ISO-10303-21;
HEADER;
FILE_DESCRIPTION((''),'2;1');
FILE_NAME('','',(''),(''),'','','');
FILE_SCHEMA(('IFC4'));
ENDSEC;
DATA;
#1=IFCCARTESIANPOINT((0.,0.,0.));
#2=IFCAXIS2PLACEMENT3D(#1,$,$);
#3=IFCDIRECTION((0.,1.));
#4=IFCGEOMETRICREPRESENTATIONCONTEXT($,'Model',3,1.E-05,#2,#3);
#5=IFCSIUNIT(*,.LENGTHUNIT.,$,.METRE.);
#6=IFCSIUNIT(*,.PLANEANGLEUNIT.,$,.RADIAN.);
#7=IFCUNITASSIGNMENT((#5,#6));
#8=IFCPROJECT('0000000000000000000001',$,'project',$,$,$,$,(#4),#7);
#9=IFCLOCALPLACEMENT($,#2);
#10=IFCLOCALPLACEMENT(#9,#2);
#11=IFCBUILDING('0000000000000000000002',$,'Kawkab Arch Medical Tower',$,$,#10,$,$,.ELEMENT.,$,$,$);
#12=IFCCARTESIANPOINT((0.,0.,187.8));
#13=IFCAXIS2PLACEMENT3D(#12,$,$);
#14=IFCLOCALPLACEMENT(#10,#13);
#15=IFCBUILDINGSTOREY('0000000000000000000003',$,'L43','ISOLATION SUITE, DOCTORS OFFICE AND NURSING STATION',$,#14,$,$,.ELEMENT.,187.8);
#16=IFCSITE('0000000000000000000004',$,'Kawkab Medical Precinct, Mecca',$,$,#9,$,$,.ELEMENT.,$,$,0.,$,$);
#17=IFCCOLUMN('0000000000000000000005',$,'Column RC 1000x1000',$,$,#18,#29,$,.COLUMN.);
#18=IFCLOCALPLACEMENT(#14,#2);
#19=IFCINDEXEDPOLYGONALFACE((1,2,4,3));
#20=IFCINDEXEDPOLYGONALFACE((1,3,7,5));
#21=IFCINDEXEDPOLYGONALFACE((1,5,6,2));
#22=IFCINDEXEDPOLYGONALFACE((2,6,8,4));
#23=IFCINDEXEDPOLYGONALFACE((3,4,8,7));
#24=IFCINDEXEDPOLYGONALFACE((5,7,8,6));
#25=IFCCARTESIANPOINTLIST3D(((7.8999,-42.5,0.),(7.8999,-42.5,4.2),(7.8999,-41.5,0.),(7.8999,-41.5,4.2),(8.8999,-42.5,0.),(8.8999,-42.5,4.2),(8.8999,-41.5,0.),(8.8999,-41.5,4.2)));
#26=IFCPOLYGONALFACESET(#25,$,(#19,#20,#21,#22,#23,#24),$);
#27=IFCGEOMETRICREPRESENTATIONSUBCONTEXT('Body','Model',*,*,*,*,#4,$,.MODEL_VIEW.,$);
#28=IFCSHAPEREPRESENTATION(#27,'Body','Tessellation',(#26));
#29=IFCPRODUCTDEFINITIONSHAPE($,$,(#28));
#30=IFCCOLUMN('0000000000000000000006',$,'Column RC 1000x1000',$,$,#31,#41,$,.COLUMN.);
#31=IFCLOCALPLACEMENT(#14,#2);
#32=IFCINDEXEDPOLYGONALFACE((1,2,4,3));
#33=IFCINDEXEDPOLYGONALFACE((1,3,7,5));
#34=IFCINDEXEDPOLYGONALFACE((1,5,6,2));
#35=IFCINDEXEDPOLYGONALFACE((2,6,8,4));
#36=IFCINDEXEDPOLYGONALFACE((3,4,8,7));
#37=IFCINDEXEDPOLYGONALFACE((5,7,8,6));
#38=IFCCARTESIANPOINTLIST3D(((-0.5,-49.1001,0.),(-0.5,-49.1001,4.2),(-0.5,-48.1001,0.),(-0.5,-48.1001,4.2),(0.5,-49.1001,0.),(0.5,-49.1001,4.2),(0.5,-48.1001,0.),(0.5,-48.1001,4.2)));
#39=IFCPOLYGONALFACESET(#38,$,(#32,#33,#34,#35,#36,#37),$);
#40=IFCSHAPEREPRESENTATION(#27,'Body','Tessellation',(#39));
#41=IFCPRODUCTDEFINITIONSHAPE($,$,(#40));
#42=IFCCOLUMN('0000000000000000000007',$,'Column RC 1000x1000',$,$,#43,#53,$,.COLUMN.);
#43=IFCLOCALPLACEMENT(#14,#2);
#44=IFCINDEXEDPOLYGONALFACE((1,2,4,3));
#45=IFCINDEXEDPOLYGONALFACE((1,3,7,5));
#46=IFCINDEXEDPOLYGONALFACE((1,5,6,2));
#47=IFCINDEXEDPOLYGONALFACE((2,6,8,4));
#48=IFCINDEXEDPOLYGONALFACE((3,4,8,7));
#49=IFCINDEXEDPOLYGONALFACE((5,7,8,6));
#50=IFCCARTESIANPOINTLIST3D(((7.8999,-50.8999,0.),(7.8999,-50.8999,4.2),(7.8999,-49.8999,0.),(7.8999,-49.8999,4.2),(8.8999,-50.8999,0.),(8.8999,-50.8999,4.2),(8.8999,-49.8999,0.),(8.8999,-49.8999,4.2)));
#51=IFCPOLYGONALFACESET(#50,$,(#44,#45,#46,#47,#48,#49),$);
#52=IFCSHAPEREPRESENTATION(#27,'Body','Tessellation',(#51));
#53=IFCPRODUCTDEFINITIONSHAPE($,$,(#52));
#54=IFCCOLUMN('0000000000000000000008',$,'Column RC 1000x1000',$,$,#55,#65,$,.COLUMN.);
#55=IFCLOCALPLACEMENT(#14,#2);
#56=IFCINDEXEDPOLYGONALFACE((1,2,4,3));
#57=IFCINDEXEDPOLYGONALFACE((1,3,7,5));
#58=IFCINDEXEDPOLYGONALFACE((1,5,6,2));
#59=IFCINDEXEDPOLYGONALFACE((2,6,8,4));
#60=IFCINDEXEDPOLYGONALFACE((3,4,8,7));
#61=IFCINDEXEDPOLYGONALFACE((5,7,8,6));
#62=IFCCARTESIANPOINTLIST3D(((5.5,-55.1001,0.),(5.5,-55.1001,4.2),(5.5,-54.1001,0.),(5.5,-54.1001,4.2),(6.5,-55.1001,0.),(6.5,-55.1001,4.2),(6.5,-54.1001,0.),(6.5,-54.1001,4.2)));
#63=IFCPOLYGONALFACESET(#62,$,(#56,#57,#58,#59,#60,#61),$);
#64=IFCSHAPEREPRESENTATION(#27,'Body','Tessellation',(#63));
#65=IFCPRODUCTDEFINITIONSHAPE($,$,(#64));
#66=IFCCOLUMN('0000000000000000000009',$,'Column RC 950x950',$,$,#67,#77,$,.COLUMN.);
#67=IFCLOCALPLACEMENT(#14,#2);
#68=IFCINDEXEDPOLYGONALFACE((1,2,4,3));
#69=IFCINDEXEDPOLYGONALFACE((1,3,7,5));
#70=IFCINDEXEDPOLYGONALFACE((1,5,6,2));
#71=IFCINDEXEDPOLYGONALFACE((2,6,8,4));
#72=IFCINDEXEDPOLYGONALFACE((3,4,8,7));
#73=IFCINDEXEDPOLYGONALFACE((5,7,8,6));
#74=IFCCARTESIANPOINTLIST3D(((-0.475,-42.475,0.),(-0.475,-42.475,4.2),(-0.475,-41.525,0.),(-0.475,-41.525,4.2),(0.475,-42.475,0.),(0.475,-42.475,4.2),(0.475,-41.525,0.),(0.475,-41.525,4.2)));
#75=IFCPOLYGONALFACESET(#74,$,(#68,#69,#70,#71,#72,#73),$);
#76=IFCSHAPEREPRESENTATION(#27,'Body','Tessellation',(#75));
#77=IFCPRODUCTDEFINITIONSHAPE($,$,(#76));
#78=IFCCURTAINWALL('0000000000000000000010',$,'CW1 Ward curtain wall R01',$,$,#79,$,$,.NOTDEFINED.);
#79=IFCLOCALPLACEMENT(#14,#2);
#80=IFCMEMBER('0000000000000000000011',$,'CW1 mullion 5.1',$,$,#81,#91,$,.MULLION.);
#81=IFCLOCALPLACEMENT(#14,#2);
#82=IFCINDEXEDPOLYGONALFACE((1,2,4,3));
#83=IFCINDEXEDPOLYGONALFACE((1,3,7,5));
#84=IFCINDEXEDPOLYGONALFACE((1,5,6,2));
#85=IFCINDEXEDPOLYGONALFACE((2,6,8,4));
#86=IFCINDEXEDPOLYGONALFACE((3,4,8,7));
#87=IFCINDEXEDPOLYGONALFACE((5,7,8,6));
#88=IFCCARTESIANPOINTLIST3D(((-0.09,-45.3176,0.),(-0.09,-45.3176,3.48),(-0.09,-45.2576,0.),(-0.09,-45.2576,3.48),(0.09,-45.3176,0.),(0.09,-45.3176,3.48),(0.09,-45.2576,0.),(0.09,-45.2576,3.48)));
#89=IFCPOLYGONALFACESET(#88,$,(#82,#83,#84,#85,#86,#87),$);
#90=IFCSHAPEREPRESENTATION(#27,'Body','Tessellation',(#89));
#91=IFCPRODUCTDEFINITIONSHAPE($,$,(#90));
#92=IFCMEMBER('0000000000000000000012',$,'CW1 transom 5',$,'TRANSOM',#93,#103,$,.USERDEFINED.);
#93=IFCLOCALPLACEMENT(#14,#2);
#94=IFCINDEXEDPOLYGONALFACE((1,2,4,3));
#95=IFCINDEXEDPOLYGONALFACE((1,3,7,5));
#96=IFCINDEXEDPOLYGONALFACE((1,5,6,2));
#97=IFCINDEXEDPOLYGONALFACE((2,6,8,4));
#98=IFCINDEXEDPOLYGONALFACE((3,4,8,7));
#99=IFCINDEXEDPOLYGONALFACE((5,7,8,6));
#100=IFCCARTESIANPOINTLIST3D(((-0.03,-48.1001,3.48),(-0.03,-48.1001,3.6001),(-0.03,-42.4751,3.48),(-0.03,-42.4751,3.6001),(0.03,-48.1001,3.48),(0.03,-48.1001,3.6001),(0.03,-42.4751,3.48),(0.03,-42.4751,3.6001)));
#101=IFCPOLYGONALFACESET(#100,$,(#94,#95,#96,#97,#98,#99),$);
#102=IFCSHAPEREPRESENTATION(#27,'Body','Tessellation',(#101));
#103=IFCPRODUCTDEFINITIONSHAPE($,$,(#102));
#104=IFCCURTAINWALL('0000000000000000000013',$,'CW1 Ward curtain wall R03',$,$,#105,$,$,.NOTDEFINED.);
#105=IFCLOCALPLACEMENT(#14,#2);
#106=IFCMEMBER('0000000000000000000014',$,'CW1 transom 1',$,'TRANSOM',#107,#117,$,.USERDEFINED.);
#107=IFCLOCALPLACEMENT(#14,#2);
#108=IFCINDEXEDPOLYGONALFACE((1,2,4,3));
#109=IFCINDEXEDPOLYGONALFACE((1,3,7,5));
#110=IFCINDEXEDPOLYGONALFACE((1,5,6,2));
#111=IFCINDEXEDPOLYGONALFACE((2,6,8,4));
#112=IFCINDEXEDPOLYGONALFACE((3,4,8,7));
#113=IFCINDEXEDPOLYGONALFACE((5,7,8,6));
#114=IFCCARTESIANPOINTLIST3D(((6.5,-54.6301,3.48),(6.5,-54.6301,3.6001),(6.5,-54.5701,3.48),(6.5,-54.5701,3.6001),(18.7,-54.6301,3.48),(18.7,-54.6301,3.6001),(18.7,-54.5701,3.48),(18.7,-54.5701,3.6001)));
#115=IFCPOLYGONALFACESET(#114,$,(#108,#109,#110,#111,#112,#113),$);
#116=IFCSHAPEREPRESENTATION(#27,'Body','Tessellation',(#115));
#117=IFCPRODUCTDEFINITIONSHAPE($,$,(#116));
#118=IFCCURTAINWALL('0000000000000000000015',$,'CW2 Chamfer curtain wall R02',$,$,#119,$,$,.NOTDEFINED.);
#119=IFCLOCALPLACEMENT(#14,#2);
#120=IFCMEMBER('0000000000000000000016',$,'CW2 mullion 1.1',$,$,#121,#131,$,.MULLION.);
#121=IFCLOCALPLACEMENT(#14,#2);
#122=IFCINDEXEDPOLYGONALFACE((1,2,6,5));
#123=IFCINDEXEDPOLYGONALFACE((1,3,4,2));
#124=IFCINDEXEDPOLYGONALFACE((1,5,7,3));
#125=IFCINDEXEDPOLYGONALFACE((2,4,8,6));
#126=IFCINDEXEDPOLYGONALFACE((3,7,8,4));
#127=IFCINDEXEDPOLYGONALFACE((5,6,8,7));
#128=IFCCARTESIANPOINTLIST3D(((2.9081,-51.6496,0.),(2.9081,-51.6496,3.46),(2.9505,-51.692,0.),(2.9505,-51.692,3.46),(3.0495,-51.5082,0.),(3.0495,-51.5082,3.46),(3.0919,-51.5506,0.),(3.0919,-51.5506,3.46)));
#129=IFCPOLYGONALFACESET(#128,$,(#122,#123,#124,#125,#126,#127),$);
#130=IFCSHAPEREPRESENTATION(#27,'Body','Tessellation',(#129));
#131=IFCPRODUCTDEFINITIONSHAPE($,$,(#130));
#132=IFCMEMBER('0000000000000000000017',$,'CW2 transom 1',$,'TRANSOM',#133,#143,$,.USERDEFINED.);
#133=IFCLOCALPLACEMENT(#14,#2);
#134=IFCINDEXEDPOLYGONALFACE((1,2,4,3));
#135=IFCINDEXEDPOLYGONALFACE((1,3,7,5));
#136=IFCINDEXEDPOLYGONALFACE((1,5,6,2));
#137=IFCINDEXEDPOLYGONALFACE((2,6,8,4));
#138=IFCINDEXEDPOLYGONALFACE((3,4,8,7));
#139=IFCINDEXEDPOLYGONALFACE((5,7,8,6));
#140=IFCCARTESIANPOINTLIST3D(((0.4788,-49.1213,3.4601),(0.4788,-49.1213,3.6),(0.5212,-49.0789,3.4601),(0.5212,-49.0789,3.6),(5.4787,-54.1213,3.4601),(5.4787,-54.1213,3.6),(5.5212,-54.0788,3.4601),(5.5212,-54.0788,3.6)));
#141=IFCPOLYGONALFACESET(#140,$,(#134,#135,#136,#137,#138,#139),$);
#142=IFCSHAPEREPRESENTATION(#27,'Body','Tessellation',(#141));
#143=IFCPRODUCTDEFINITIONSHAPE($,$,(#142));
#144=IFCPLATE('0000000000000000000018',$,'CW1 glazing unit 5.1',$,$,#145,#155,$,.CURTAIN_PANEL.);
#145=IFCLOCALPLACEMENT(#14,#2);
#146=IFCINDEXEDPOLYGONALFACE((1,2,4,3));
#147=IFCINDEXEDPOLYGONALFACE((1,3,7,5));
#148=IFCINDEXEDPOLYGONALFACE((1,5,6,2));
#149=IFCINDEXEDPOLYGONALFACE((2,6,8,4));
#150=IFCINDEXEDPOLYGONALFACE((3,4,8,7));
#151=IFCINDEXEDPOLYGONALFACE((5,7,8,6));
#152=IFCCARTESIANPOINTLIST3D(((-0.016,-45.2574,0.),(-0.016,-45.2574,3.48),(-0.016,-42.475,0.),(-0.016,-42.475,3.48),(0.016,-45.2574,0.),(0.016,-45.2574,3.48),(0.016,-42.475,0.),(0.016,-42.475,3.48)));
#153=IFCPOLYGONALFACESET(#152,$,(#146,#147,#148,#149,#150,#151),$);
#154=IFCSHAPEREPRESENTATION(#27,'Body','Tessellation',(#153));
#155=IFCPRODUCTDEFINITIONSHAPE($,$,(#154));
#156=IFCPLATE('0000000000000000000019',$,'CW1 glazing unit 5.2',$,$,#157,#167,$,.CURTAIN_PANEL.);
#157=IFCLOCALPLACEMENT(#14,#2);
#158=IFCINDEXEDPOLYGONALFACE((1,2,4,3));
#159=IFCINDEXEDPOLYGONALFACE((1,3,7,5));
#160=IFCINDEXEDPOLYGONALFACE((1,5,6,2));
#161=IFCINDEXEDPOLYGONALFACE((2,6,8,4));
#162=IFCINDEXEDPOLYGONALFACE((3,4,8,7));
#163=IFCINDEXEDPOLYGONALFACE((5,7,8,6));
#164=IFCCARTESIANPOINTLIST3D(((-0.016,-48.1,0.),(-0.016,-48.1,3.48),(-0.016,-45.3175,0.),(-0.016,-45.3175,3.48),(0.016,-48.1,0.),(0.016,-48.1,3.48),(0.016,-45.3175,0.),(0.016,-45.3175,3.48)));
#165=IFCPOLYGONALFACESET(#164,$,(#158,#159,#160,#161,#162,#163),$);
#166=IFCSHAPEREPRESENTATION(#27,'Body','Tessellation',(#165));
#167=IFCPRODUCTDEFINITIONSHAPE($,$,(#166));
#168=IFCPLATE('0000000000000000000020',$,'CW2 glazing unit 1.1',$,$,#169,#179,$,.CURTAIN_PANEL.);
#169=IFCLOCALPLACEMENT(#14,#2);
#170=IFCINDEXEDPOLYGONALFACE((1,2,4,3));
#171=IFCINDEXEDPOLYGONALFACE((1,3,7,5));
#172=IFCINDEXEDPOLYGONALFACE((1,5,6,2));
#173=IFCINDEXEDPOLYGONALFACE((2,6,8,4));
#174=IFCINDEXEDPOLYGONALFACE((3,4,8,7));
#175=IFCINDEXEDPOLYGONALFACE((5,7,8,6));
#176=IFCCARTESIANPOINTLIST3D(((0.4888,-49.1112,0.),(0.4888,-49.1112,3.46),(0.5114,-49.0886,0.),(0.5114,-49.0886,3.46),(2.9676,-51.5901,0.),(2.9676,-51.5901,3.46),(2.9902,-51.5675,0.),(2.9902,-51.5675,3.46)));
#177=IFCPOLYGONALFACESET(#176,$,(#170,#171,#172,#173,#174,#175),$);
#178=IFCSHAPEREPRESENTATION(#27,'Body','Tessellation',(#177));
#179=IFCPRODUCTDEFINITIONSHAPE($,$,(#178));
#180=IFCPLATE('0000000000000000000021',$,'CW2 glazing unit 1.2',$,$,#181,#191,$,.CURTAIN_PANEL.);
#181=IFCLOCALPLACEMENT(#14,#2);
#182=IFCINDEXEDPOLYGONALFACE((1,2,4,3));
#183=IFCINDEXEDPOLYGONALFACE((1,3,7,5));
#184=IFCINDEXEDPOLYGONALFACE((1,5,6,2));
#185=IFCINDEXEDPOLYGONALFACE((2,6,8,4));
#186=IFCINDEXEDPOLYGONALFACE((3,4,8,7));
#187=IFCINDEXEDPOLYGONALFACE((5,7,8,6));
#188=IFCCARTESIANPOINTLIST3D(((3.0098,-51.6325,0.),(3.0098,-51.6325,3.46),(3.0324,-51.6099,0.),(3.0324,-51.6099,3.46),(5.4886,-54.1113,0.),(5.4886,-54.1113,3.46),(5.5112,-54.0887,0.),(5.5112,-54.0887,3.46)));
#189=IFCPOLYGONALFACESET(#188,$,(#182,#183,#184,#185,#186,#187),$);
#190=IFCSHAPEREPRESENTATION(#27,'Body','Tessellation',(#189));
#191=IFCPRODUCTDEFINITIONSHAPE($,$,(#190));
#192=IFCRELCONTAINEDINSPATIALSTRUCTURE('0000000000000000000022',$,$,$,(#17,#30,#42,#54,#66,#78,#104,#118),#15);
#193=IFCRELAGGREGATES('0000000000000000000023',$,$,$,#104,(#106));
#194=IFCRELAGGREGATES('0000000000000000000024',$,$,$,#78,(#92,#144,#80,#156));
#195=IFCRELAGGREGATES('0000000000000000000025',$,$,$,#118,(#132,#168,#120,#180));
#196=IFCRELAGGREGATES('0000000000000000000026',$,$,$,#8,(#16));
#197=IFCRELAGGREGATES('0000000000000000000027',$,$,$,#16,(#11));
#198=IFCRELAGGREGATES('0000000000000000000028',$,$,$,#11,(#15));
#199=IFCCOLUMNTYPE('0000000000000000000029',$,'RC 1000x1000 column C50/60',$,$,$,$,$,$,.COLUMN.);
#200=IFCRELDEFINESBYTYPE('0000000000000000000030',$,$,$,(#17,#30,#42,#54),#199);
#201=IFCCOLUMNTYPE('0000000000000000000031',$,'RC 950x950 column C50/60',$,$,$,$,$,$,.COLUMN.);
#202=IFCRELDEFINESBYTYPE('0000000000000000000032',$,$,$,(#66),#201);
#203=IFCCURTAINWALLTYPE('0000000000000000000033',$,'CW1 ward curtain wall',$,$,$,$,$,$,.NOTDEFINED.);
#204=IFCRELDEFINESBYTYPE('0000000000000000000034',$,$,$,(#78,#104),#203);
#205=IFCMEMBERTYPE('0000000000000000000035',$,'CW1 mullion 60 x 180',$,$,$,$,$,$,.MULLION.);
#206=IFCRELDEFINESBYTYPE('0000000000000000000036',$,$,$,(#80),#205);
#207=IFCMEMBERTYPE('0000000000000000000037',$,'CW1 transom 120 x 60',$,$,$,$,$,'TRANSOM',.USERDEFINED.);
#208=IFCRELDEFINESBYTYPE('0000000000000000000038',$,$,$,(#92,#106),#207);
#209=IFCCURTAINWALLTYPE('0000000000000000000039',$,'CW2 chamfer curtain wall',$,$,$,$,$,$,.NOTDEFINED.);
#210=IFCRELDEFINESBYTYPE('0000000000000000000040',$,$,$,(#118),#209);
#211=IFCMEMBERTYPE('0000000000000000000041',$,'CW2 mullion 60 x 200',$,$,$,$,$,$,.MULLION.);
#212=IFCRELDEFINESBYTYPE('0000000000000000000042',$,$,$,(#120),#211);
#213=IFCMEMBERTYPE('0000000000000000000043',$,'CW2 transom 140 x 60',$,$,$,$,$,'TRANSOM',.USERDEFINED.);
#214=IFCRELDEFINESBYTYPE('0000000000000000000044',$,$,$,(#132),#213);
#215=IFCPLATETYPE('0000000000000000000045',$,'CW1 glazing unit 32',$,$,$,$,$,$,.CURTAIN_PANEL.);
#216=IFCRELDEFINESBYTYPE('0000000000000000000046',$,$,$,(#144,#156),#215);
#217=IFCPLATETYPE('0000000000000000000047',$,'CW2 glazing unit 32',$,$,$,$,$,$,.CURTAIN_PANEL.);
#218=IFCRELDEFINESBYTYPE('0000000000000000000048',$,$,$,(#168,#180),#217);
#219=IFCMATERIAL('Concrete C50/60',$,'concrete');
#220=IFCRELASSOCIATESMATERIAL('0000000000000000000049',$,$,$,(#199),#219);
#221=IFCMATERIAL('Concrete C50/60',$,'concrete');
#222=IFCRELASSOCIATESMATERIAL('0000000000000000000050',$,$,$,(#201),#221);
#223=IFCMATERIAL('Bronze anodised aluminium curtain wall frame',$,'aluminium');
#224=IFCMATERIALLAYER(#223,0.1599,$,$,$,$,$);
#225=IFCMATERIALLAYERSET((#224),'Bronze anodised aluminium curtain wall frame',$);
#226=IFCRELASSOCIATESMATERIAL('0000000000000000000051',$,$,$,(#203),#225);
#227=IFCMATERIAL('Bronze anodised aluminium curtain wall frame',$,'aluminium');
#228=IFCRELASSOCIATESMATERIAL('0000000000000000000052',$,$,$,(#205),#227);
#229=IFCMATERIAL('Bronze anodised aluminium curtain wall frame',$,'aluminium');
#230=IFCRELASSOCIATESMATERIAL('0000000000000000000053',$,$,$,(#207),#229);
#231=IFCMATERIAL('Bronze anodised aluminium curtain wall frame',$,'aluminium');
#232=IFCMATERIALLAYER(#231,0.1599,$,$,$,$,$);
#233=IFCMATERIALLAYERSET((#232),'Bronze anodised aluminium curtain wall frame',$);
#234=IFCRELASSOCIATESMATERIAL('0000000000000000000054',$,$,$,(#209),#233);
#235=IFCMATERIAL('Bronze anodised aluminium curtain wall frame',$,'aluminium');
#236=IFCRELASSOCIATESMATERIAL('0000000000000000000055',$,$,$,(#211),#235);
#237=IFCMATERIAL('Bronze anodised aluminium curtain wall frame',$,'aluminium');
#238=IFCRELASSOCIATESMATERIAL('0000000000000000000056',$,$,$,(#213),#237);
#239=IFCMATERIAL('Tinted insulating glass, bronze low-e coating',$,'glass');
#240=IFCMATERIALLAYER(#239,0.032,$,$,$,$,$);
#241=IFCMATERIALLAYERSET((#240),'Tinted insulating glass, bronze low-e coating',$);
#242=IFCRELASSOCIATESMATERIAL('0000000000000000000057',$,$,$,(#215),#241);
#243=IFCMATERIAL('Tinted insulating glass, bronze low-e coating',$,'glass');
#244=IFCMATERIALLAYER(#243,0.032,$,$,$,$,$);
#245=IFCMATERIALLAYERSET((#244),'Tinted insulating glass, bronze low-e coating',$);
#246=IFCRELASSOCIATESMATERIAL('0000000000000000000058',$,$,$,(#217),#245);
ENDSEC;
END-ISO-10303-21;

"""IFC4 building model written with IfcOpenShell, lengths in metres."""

from ifc_helpers import new_model, si_unit, direction, frame, origin, origin_2d, place, context, subcontext, project, spatial, rectangle, extrude, material, layer, layer_set, material_profile, profile_set, type_object, element, aggregate, save


model = new_model("IFC4")

# Units and contexts
model_context = context("Model", 3, precision=1e-05, world=origin(), true_north=direction((0.0, 1.0)))
body_context = subcontext(model_context, "Body", "Model", "MODEL_VIEW")
ifc_project = project(units=[si_unit("LENGTHUNIT", "METRE"), si_unit("PLANEANGLEUNIT", "RADIAN")], contexts=[model_context])

# Site, building, storey
site_placement = place(None, origin())
site = spatial("IfcSite", under=ifc_project, at=site_placement, Name="Kawkab Medical Precinct, Mecca", CompositionType="ELEMENT", RefElevation=0.0)
building_placement = place(site_placement, origin())
building = spatial("IfcBuilding", under=site, at=building_placement, Name="Kawkab Arch Medical Tower", CompositionType="ELEMENT")
storey_placement = place(building_placement, frame((0.0, 0.0, 187.8)))
storey = spatial("IfcBuildingStorey", under=building, at=storey_placement, Name="L43", Description="ISOLATION SUITE, DOCTORS OFFICE AND NURSING STATION", CompositionType="ELEMENT", Elevation=187.8)

# Columns
ifc_material_1 = material(Name="Concrete C50/60", Category="concrete")
ifc_material_profile_1 = material_profile(ifc_material_1, rectangle(XDim=1.0, YDim=1.0, at=origin_2d()), Name="RC 1000x1000")
ifc_profile_set_1 = profile_set([ifc_material_profile_1], Name="Concrete C50/60")
column_type_1 = type_object("IfcColumnType", Name="RC 1000x1000 column C50/60", PredefinedType="COLUMN", material=ifc_profile_set_1)
for number, where, z_axis, x_axis, name in (
    (1, (8.3999, -42.0, 0.0), (0.0, 0.0, 1.0), (1.0, 0.0, 0.0), "Column RC 1000x1000"),
    (2, (0.0, -48.6001, 0.0), (0.0, 0.0, 1.0), (1.0, 0.0, 0.0), "Column RC 1000x1000"),
    (3, (8.3999, -50.3999, 0.0), (0.0, 0.0, 1.0), (1.0, 0.0, 0.0), "Column RC 1000x1000"),
    (4, (6.0, -54.6001, 0.0), (0.0, 0.0, 1.0), (1.0, 0.0, 0.0), "Column RC 1000x1000"),
):
    element("IfcColumn", number, at=place(storey_placement, frame(where, z_axis=z_axis, x_axis=x_axis)), inside=storey, type_object=column_type_1, Name=name, PredefinedType="COLUMN", context=body_context, shape_type="SweptSolid", body=[
        extrude(rectangle(XDim=1.0, YDim=1.0, at=origin_2d()), origin(), (0.0, 0.0, 1.0), 4.2),
    ])
ifc_material_2 = material(Name="Concrete C50/60", Category="concrete")
ifc_material_profile_2 = material_profile(ifc_material_2, rectangle(XDim=0.95, YDim=0.95, at=origin_2d()), Name="RC 950x950")
ifc_profile_set_2 = profile_set([ifc_material_profile_2], Name="Concrete C50/60")
column_type_2 = type_object("IfcColumnType", Name="RC 950x950 column C50/60", PredefinedType="COLUMN", material=ifc_profile_set_2)
column_placement = place(storey_placement, frame((0.0, -42.0, 0.0), z_axis=(0.0, 0.0, 1.0), x_axis=(1.0, 0.0, 0.0)))
element("IfcColumn", 5, at=column_placement, inside=storey, type_object=column_type_2, Name="Column RC 950x950", PredefinedType="COLUMN", context=body_context, shape_type="SweptSolid", body=[
    extrude(rectangle(XDim=0.95, YDim=0.95, at=origin_2d()), origin(), (0.0, 0.0, 1.0), 4.2),
])

# Curtain wall, members
ifc_material_3 = material(Name="Bronze anodised aluminium curtain wall frame", Category="aluminium")
ifc_layer_1 = layer(ifc_material_3, 0.1599)
ifc_layer_set_1 = layer_set([ifc_layer_1], Name="Bronze anodised aluminium curtain wall frame")
curtain_wall_type_1 = type_object("IfcCurtainWallType", Name="CW1 ward curtain wall", PredefinedType="NOTDEFINED", material=ifc_layer_set_1)
placement = place(storey_placement, origin())
curtain_wall_1 = element("IfcCurtainWall", 6, at=placement, inside=storey, type_object=curtain_wall_type_1, Name="CW1 Ward curtain wall R01", PredefinedType="NOTDEFINED")
ifc_material_4 = material(Name="Bronze anodised aluminium curtain wall frame", Category="aluminium")
ifc_material_profile_3 = material_profile(ifc_material_4, rectangle(XDim=0.1799, YDim=0.0601, at=origin_2d()), Name="AL 60x180")
ifc_profile_set_3 = profile_set([ifc_material_profile_3], Name="Bronze anodised aluminium curtain wall frame")
member_type_1 = type_object("IfcMemberType", Name="CW1 mullion 60 x 180", PredefinedType="MULLION", material=ifc_profile_set_3)
member_1_placement = place(storey_placement, frame((0.0, -45.2876, 0.0), z_axis=(0.0, 0.0, 1.0), x_axis=(1.0, 0.0, 0.0)))
member_1 = element("IfcMember", 7, at=member_1_placement, type_object=member_type_1, Name="CW1 mullion 5.1", PredefinedType="MULLION", context=body_context, shape_type="SweptSolid", body=[
    extrude(rectangle(XDim=0.1799, YDim=0.0601, at=origin_2d()), origin(), (0.0, 0.0, 1.0), 3.48),
])
ifc_material_5 = material(Name="Bronze anodised aluminium curtain wall frame", Category="aluminium")
ifc_material_profile_4 = material_profile(ifc_material_5, rectangle(XDim=0.0601, YDim=0.1201, at=origin_2d()), Name="AL 60x120")
ifc_profile_set_4 = profile_set([ifc_material_profile_4], Name="Bronze anodised aluminium curtain wall frame")
member_type_2 = type_object("IfcMemberType", Name="CW1 transom 120 x 60", ElementType="TRANSOM", PredefinedType="USERDEFINED", material=ifc_profile_set_4)
member_2_placement = place(storey_placement, frame((0.0, -42.4751, 3.54), z_axis=(0.0, -1.0, 0.0), x_axis=(1.0, 0.0, 0.0)))
member_2 = element("IfcMember", 8, at=member_2_placement, type_object=member_type_2, Name="CW1 transom 5", ObjectType="TRANSOM", PredefinedType="USERDEFINED", context=body_context, shape_type="SweptSolid", body=[
    extrude(rectangle(XDim=0.0601, YDim=0.1201, at=origin_2d()), origin(), (0.0, 0.0, 1.0), 5.625),
])

# Curtain wall, member
curtain_wall_2 = element("IfcCurtainWall", 9, at=placement, inside=storey, type_object=curtain_wall_type_1, Name="CW1 Ward curtain wall R03", PredefinedType="NOTDEFINED")
member_3_placement = place(storey_placement, frame((6.5, -54.6001, 3.54), z_axis=(1.0, 0.0, 0.0), x_axis=(0.0, 1.0, 0.0)))
member_3 = element("IfcMember", 10, at=member_3_placement, type_object=member_type_2, Name="CW1 transom 1", ObjectType="TRANSOM", PredefinedType="USERDEFINED", context=body_context, shape_type="SweptSolid", body=[
    extrude(rectangle(XDim=0.0601, YDim=0.1201, at=origin_2d()), origin(), (0.0, 0.0, 1.0), 12.2),
])
aggregate(curtain_wall_2, [member_3])

# Curtain wall, members
ifc_material_6 = material(Name="Bronze anodised aluminium curtain wall frame", Category="aluminium")
ifc_layer_2 = layer(ifc_material_6, 0.1599)
ifc_layer_set_2 = layer_set([ifc_layer_2], Name="Bronze anodised aluminium curtain wall frame")
curtain_wall_type_2 = type_object("IfcCurtainWallType", Name="CW2 chamfer curtain wall", PredefinedType="NOTDEFINED", material=ifc_layer_set_2)
curtain_wall_3 = element("IfcCurtainWall", 11, at=placement, inside=storey, type_object=curtain_wall_type_2, Name="CW2 Chamfer curtain wall R02", PredefinedType="NOTDEFINED")
ifc_material_7 = material(Name="Bronze anodised aluminium curtain wall frame", Category="aluminium")
ifc_material_profile_5 = material_profile(ifc_material_7, rectangle(XDim=0.2, YDim=0.0601, at=origin_2d()), Name="AL 60x200")
ifc_profile_set_5 = profile_set([ifc_material_profile_5], Name="Bronze anodised aluminium curtain wall frame")
member_type_3 = type_object("IfcMemberType", Name="CW2 mullion 60 x 200", PredefinedType="MULLION", material=ifc_profile_set_5)
member_4_placement = place(storey_placement, frame((3.0, -51.6001, 0.0), z_axis=(0.0, 0.0, 1.0), x_axis=(0.707107, 0.707107, 0.0)))
member_4 = element("IfcMember", 12, at=member_4_placement, type_object=member_type_3, Name="CW2 mullion 1.1", PredefinedType="MULLION", context=body_context, shape_type="SweptSolid", body=[
    extrude(rectangle(XDim=0.2, YDim=0.0601, at=origin_2d()), origin(), (0.0, 0.0, 1.0), 3.46),
])
ifc_material_8 = material(Name="Bronze anodised aluminium curtain wall frame", Category="aluminium")
ifc_material_profile_6 = material_profile(ifc_material_8, rectangle(XDim=0.0601, YDim=0.1399, at=origin_2d()), Name="AL 60x140")
ifc_profile_set_6 = profile_set([ifc_material_profile_6], Name="Bronze anodised aluminium curtain wall frame")
member_type_4 = type_object("IfcMemberType", Name="CW2 transom 140 x 60", ElementType="TRANSOM", PredefinedType="USERDEFINED", material=ifc_profile_set_6)
member_5_placement = place(storey_placement, frame((0.5, -49.1001, 3.53), z_axis=(0.707107, -0.707107, 0.0), x_axis=(0.707107, 0.707107, 0.0)))
member_5 = element("IfcMember", 13, at=member_5_placement, type_object=member_type_4, Name="CW2 transom 1", ObjectType="TRANSOM", PredefinedType="USERDEFINED", context=body_context, shape_type="SweptSolid", body=[
    extrude(rectangle(XDim=0.0601, YDim=0.1399, at=origin_2d()), origin(), (0.0, 0.0, 1.0), 7.071),
])

# Plates
ifc_material_9 = material(Name="Tinted insulating glass, bronze low-e coating", Category="glass")
ifc_layer_3 = layer(ifc_material_9, 0.032)
ifc_layer_set_3 = layer_set([ifc_layer_3], Name="Tinted insulating glass, bronze low-e coating")
plate_type_1 = type_object("IfcPlateType", Name="CW1 glazing unit 32", PredefinedType="CURTAIN_PANEL", material=ifc_layer_set_3)
plate_1_placement = place(storey_placement, frame((0.0, -43.8662, 0.0), z_axis=(0.0, 0.0, 1.0), x_axis=(0.0, -1.0, 0.0)))
plate_1 = element("IfcPlate", 14, at=plate_1_placement, type_object=plate_type_1, Name="CW1 glazing unit 5.1", PredefinedType="CURTAIN_PANEL", context=body_context, shape_type="SweptSolid", body=[
    extrude(rectangle(XDim=2.7825, YDim=0.032, at=origin_2d()), origin(), (0.0, 0.0, 1.0), 3.48),
])
plate_2_placement = place(storey_placement, frame((0.0, -46.7087, 0.0), z_axis=(0.0, 0.0, 1.0), x_axis=(0.0, -1.0, 0.0)))
plate_2 = element("IfcPlate", 15, at=plate_2_placement, type_object=plate_type_1, Name="CW1 glazing unit 5.2", PredefinedType="CURTAIN_PANEL", context=body_context, shape_type="SweptSolid", body=[
    extrude(rectangle(XDim=2.7825, YDim=0.032, at=origin_2d()), origin(), (0.0, 0.0, 1.0), 3.48),
])
aggregate(curtain_wall_1, [member_2, plate_1, member_1, plate_2])
ifc_material_10 = material(Name="Tinted insulating glass, bronze low-e coating", Category="glass")
ifc_layer_4 = layer(ifc_material_10, 0.032)
ifc_layer_set_4 = layer_set([ifc_layer_4], Name="Tinted insulating glass, bronze low-e coating")
plate_type_2 = type_object("IfcPlateType", Name="CW2 glazing unit 32", PredefinedType="CURTAIN_PANEL", material=ifc_layer_set_4)
plate_3_placement = place(storey_placement, frame((1.7395, -50.3394, 0.0), z_axis=(0.0, 0.0, 1.0), x_axis=(0.707107, -0.707107, 0.0)))
plate_3 = element("IfcPlate", 16, at=plate_3_placement, type_object=plate_type_2, Name="CW2 glazing unit 1.1", PredefinedType="CURTAIN_PANEL", context=body_context, shape_type="SweptSolid", body=[
    extrude(rectangle(XDim=3.5056, YDim=0.032, at=origin_2d()), origin(), (0.0, 0.0, 1.0), 3.46),
])
plate_4_placement = place(storey_placement, frame((4.2605, -52.8606, 0.0), z_axis=(0.0, 0.0, 1.0), x_axis=(0.707107, -0.707107, 0.0)))
plate_4 = element("IfcPlate", 17, at=plate_4_placement, type_object=plate_type_2, Name="CW2 glazing unit 1.2", PredefinedType="CURTAIN_PANEL", context=body_context, shape_type="SweptSolid", body=[
    extrude(rectangle(XDim=3.5056, YDim=0.032, at=origin_2d()), origin(), (0.0, 0.0, 1.0), 3.46),
])
aggregate(curtain_wall_3, [member_5, plate_3, member_4, plate_4])

save(model, "model.ifc")
